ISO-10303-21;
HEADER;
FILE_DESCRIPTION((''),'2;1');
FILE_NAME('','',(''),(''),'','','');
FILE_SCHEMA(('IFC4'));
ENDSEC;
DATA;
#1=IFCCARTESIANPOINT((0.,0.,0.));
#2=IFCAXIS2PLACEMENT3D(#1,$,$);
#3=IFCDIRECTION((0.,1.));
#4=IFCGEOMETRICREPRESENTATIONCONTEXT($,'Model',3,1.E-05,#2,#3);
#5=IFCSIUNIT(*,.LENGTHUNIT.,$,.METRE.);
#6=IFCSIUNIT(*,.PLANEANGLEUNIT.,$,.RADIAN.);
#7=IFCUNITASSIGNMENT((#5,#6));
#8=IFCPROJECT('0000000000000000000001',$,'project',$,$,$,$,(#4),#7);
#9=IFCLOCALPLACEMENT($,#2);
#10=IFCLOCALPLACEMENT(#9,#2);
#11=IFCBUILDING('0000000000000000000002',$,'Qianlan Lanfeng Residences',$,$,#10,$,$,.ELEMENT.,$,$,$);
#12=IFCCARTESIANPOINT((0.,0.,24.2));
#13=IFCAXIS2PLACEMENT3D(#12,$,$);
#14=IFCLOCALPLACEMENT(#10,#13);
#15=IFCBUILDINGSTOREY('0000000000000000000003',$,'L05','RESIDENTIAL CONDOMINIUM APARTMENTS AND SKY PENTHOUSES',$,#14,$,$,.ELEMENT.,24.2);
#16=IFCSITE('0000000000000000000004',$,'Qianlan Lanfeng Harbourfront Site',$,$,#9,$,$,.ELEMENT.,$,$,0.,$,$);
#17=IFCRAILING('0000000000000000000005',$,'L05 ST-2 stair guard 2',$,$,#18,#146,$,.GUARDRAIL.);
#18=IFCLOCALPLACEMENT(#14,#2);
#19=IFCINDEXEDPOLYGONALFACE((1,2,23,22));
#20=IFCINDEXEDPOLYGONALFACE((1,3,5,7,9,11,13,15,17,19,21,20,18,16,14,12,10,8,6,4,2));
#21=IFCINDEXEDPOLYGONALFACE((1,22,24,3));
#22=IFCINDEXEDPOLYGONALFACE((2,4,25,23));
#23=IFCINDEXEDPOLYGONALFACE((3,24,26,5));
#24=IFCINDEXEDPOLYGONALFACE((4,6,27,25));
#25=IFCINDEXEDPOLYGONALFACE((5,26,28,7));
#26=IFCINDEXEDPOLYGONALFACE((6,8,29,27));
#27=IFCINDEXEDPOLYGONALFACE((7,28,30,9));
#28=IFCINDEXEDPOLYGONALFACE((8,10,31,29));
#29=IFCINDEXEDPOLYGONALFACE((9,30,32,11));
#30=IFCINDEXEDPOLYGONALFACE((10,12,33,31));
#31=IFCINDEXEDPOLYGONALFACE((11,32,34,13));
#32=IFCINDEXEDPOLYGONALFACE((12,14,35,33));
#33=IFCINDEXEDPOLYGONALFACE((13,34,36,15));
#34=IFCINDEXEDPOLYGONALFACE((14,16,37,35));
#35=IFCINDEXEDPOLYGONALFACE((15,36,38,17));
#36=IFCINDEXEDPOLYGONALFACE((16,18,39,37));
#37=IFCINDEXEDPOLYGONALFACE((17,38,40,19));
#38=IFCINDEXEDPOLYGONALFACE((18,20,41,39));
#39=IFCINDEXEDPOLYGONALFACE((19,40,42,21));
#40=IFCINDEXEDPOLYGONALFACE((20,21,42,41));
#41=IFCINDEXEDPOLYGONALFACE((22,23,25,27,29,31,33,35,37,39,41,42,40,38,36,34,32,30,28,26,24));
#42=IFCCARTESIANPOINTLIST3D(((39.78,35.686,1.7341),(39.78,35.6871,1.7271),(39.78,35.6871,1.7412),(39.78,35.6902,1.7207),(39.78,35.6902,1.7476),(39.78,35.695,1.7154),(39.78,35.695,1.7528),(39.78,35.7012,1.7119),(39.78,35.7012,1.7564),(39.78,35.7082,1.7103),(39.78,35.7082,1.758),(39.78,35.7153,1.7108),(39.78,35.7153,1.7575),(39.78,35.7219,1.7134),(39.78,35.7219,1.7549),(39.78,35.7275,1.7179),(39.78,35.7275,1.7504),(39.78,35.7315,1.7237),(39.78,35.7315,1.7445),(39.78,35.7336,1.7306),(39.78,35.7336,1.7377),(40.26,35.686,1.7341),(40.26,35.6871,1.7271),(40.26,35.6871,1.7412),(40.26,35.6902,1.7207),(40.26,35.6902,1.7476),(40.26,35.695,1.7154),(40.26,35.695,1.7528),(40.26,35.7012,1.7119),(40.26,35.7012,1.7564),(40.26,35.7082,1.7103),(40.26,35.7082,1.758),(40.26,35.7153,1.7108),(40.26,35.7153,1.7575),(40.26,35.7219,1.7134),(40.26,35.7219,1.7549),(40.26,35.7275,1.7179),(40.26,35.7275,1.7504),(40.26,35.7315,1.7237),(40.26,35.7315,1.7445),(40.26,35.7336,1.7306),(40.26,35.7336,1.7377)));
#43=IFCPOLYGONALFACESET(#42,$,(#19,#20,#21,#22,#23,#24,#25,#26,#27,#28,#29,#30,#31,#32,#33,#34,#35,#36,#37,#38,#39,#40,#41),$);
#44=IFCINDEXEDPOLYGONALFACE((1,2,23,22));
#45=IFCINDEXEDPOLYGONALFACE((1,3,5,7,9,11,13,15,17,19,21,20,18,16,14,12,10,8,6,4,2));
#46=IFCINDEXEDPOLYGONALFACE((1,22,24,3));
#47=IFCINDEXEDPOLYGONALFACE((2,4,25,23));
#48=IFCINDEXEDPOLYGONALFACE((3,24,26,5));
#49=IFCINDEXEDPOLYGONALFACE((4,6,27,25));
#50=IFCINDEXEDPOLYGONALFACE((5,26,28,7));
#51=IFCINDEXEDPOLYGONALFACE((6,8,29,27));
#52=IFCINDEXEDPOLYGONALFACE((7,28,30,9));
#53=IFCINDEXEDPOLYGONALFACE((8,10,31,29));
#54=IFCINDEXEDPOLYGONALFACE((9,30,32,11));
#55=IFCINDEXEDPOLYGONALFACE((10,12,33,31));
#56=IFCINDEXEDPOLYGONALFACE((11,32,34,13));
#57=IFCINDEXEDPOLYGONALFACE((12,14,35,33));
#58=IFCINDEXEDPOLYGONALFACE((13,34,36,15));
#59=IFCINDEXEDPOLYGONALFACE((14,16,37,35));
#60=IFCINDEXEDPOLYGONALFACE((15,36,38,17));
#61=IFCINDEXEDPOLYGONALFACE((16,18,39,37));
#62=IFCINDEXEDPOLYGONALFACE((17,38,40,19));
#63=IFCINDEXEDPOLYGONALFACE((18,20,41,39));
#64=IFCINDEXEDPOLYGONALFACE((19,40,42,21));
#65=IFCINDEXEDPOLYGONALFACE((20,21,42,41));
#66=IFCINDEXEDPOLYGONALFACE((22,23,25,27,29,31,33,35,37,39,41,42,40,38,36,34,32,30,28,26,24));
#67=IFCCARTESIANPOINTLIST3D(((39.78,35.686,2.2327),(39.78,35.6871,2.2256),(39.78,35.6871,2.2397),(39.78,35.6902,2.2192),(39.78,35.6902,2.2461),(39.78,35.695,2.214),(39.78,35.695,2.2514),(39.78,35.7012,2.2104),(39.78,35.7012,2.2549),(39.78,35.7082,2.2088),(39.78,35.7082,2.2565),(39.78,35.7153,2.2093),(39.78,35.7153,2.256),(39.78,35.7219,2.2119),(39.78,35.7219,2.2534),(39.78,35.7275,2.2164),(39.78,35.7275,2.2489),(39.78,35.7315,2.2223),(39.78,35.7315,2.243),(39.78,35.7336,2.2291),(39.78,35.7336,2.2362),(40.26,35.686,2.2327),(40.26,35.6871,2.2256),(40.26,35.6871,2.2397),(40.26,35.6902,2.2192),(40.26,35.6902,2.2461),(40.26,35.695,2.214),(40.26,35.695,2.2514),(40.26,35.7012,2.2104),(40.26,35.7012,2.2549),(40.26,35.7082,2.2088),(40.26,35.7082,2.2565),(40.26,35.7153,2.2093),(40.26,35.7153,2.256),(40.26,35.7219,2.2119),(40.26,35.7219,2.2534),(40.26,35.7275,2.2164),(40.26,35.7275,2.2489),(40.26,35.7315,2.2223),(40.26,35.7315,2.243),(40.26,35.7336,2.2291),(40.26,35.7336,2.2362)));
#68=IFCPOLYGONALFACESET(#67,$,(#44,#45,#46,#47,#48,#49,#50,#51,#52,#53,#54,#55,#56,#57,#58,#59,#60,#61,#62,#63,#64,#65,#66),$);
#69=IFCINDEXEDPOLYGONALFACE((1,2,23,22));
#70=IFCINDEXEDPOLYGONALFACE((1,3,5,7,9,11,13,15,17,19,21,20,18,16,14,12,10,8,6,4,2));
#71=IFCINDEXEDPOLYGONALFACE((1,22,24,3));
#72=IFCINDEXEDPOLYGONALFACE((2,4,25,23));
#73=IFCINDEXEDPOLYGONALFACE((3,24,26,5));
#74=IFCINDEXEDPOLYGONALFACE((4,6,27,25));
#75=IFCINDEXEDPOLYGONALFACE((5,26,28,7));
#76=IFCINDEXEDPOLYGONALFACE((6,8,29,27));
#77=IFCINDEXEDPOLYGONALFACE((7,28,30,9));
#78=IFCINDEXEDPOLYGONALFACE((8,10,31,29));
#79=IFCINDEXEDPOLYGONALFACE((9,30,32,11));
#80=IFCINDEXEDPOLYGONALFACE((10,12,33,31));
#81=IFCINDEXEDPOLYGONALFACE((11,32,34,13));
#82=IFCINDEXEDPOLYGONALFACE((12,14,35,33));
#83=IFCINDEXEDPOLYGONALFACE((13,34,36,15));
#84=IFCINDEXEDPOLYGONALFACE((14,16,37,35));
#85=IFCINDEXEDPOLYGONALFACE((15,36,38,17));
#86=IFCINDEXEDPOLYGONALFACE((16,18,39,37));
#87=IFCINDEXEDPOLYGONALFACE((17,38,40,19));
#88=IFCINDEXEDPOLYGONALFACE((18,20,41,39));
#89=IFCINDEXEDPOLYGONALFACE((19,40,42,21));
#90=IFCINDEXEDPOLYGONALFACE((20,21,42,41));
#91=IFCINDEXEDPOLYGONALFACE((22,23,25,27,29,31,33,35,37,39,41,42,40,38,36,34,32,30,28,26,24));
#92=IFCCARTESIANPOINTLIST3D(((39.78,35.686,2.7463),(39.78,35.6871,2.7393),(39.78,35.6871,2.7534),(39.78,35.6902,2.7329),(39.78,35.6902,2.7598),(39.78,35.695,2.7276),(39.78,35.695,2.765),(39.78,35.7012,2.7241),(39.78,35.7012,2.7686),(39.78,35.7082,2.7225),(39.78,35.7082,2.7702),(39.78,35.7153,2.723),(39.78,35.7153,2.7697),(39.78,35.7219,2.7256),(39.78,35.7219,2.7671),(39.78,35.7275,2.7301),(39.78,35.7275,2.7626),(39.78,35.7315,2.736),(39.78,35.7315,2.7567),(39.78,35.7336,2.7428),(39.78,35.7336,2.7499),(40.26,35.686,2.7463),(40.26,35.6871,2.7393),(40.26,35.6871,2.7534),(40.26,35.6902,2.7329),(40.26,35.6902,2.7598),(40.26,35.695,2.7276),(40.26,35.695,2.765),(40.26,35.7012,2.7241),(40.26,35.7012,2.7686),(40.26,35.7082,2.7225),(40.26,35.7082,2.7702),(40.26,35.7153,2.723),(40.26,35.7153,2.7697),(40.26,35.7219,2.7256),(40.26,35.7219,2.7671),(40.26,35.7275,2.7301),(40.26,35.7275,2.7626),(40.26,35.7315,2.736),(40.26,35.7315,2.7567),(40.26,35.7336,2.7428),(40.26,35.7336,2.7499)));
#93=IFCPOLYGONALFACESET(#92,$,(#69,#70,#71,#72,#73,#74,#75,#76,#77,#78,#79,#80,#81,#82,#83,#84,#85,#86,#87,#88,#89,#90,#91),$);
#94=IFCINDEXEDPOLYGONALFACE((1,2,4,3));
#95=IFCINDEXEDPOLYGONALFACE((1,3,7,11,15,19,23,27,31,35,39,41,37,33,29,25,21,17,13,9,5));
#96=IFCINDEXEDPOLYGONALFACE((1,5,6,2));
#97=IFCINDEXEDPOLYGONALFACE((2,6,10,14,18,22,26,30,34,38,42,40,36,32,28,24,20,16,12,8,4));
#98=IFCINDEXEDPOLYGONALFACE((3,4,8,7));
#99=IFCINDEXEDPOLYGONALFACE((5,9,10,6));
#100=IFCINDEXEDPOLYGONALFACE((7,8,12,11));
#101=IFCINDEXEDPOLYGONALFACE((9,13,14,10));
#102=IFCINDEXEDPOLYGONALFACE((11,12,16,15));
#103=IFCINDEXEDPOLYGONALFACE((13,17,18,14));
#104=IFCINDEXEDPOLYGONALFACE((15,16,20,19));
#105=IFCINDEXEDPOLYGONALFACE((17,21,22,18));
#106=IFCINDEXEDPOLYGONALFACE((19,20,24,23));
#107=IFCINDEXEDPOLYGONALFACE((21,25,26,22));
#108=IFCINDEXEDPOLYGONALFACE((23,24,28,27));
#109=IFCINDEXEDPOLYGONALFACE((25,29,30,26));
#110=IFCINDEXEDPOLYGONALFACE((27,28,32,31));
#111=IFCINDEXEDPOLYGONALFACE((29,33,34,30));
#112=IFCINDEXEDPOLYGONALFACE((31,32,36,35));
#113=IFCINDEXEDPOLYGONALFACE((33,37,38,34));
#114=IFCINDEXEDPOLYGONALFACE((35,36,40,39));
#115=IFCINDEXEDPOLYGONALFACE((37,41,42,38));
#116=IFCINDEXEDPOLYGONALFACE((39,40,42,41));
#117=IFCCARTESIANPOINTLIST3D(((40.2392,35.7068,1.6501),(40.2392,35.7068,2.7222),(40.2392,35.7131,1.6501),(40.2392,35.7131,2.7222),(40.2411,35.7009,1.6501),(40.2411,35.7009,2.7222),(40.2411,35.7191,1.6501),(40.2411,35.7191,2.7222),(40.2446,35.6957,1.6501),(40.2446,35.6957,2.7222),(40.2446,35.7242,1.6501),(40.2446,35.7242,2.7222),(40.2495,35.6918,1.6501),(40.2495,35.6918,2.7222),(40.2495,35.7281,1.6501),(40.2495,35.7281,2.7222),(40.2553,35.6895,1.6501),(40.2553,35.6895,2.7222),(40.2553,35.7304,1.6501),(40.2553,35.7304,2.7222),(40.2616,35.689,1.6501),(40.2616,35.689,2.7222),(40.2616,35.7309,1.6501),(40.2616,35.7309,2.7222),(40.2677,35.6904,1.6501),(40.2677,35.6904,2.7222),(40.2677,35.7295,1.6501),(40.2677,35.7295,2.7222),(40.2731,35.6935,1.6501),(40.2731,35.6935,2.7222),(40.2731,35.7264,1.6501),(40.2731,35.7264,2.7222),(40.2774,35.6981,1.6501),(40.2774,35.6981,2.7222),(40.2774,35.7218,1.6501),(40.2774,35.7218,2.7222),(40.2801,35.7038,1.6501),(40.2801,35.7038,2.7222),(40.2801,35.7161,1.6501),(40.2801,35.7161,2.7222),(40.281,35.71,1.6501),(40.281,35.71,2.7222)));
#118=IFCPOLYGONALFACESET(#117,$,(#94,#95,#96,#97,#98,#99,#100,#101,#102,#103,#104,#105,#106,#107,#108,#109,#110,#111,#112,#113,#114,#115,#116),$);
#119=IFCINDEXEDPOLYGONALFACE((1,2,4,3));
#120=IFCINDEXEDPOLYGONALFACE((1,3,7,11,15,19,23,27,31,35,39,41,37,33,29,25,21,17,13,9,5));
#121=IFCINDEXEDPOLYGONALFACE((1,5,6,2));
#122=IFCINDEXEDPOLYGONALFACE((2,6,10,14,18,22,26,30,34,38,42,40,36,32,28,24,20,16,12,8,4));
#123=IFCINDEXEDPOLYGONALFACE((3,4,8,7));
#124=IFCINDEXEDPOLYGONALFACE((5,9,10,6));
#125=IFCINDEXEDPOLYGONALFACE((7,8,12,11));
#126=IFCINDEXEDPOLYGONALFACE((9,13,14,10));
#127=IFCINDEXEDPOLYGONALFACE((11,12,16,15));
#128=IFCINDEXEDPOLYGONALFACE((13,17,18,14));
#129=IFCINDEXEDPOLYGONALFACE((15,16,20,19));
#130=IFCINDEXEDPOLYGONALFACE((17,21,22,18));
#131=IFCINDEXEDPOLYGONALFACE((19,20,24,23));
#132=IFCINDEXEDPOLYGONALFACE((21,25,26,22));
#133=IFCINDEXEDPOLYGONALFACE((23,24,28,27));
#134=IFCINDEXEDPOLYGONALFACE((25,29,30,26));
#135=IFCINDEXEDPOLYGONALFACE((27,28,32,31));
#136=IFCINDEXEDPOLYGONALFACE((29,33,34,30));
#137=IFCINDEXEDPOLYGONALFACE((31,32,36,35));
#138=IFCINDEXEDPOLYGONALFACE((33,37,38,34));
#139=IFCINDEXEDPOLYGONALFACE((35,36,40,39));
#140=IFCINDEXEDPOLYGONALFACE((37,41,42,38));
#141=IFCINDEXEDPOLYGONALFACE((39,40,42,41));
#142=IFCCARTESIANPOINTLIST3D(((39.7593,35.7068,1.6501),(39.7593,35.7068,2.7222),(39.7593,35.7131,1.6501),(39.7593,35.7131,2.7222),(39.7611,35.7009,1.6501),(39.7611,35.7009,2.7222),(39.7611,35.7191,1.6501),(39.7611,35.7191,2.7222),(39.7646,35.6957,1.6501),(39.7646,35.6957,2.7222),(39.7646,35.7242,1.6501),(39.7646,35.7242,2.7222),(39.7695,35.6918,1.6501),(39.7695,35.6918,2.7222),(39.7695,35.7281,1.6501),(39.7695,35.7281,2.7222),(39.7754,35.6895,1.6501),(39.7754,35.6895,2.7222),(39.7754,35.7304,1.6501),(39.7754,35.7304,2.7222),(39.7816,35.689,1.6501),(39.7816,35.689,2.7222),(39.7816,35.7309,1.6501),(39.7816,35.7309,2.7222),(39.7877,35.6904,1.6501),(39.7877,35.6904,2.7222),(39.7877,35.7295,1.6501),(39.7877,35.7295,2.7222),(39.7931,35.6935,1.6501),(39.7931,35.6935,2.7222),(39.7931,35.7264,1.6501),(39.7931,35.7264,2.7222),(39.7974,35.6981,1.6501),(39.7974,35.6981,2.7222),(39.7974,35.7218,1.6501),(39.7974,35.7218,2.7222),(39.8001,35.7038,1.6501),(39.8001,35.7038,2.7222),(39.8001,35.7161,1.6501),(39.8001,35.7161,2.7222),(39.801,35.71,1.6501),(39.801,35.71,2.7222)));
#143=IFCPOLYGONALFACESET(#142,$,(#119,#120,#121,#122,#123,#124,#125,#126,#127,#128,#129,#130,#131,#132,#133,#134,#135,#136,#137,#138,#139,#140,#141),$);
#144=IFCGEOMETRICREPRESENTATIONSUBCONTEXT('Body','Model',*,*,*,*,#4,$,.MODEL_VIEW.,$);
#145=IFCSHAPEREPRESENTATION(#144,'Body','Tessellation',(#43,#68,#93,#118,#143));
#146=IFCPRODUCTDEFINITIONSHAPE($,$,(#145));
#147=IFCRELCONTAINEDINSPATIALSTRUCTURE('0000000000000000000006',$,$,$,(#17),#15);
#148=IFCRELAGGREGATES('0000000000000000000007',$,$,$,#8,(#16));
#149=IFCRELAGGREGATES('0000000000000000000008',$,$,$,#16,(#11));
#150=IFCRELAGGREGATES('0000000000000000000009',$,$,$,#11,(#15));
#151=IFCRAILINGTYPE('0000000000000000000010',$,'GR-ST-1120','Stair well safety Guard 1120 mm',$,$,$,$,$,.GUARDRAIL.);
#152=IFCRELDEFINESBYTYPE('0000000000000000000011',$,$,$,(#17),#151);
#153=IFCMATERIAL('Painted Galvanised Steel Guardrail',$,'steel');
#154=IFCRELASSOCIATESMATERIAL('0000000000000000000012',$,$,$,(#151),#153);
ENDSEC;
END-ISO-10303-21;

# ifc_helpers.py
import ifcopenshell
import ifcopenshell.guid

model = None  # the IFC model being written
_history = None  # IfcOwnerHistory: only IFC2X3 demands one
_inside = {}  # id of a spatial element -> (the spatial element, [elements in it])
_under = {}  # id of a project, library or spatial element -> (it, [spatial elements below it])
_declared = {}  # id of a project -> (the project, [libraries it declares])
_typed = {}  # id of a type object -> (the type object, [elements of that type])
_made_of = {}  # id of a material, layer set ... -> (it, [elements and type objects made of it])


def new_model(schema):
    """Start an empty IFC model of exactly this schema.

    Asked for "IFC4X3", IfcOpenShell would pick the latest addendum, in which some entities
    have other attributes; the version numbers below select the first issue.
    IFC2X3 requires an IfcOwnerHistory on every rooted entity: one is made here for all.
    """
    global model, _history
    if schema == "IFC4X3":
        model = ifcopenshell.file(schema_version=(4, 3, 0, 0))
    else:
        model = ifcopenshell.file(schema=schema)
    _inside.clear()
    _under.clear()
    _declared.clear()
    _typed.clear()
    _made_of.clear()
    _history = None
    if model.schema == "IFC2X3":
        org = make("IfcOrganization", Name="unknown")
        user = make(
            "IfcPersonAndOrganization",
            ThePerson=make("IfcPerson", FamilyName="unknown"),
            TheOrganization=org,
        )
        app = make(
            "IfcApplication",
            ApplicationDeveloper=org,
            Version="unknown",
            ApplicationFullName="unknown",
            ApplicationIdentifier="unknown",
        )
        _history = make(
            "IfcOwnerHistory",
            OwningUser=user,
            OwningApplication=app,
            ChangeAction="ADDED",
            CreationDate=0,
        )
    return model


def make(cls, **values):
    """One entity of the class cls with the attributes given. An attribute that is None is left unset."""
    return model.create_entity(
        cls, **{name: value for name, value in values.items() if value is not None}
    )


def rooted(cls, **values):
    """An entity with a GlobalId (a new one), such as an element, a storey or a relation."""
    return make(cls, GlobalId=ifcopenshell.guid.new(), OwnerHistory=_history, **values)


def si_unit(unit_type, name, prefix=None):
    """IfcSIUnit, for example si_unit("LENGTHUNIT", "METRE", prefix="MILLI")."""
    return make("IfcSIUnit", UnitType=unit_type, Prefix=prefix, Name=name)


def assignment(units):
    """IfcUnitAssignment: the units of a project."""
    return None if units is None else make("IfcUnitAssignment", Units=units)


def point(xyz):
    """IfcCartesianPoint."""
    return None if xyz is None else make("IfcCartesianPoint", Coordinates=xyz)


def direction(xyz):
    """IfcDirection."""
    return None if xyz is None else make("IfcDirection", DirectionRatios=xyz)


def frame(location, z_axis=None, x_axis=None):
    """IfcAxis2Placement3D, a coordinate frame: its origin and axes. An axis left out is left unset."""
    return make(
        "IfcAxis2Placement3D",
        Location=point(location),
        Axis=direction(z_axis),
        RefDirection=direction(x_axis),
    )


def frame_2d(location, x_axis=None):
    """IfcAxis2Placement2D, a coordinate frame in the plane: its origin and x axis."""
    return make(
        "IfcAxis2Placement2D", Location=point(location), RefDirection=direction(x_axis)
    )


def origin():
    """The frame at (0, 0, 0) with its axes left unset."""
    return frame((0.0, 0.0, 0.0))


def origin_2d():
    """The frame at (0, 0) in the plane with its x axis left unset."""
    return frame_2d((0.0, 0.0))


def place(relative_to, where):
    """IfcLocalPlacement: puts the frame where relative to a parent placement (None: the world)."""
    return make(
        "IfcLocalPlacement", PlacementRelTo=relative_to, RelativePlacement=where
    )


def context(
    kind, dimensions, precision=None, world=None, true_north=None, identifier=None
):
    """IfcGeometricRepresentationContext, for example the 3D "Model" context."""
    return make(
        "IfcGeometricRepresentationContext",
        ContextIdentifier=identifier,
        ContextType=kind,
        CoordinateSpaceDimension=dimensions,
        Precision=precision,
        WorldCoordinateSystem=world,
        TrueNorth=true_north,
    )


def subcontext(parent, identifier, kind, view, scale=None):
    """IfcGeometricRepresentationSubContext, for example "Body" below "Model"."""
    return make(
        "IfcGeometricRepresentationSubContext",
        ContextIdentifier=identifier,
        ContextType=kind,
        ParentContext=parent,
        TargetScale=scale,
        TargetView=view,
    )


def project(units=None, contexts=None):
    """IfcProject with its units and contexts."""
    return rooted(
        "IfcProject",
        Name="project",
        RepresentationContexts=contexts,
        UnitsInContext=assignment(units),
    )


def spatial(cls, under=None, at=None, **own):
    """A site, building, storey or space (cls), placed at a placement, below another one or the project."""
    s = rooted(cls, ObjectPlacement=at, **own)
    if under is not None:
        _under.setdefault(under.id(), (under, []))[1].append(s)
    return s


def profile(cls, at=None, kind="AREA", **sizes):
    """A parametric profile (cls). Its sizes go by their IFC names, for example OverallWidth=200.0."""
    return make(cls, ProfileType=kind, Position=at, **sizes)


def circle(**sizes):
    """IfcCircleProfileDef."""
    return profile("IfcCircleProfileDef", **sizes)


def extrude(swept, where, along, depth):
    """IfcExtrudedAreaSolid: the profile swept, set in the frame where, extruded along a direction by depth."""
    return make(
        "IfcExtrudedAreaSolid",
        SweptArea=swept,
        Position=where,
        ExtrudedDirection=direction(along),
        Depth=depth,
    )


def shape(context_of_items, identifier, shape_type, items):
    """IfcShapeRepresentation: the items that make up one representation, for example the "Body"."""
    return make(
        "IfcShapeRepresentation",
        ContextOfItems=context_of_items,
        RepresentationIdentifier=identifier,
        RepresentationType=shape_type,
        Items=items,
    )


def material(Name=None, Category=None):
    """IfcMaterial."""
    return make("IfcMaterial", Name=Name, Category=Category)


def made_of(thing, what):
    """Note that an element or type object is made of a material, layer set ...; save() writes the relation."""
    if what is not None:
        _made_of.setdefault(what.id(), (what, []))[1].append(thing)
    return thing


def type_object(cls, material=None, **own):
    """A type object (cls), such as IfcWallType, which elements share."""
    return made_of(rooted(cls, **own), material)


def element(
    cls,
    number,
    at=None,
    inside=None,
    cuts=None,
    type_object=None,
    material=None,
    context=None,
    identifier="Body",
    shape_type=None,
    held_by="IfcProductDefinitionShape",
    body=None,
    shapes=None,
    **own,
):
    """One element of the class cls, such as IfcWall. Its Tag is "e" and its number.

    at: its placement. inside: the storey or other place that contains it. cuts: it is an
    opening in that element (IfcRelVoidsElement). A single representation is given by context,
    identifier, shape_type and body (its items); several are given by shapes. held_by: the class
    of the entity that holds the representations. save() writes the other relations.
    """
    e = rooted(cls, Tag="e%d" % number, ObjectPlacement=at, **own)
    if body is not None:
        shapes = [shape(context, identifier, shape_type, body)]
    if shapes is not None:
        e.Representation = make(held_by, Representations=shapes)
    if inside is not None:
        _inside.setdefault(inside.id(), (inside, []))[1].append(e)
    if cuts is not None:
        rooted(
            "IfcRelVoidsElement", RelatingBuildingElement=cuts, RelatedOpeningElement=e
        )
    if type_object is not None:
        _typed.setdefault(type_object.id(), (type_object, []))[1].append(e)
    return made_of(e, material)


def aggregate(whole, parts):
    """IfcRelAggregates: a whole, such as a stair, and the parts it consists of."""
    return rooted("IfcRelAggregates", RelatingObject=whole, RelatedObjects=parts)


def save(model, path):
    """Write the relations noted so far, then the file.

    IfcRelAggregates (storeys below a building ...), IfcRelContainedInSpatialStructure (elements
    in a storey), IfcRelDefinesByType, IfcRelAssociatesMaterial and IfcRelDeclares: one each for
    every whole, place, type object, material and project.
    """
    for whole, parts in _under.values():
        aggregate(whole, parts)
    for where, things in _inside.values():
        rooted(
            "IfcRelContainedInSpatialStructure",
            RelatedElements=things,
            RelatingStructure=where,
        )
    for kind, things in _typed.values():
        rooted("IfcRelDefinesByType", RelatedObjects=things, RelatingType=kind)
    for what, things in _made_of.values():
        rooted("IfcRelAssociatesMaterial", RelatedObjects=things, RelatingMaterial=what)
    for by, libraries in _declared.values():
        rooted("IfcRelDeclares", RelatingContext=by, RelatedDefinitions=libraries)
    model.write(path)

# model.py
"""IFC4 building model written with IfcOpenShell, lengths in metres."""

from ifc_helpers import new_model, si_unit, direction, frame, origin, origin_2d, place, context, subcontext, project, spatial, circle, extrude, material, type_object, element, save


model = new_model("IFC4")

# Units and contexts
model_context = context("Model", 3, precision=1e-05, world=origin(), true_north=direction((0.0, 1.0)))
body_context = subcontext(model_context, "Body", "Model", "MODEL_VIEW")
ifc_project = project(units=[si_unit("LENGTHUNIT", "METRE"), si_unit("PLANEANGLEUNIT", "RADIAN")], contexts=[model_context])

# Site, building, storey
site_placement = place(None, origin())
site = spatial("IfcSite", under=ifc_project, at=site_placement, Name="Qianlan Lanfeng Harbourfront Site", CompositionType="ELEMENT", RefElevation=0.0)
building_placement = place(site_placement, origin())
building = spatial("IfcBuilding", under=site, at=building_placement, Name="Qianlan Lanfeng Residences", CompositionType="ELEMENT")
storey_placement = place(building_placement, frame((0.0, 0.0, 24.2)))
storey = spatial("IfcBuildingStorey", under=building, at=storey_placement, Name="L05", Description="RESIDENTIAL CONDOMINIUM APARTMENTS AND SKY PENTHOUSES", CompositionType="ELEMENT", Elevation=24.2)

# Railing
ifc_material_1 = material(Name="Painted Galvanised Steel Guardrail", Category="steel")
railing_type_1 = type_object("IfcRailingType", Name="GR-ST-1120", Description="Stair well safety Guard 1120 mm", PredefinedType="GUARDRAIL", material=ifc_material_1)
railing_1_placement = place(storey_placement, frame((40.26, 35.71, 1.6501)))
element("IfcRailing", 1, at=railing_1_placement, inside=storey, type_object=railing_type_1, Name="L05 ST-2 stair guard 2", PredefinedType="GUARDRAIL", context=body_context, shape_type="SweptSolid", body=[
    extrude(circle(Radius=0.0239, at=origin_2d()), frame((0.0, 0.0, 0.084), z_axis=(-1.0, 0.0, 0.0), x_axis=(0.0, -1.0, 0.0)), (0.0, 0.0, 1.0), 0.48),
    extrude(circle(Radius=0.0239, at=origin_2d()), frame((0.0, 0.0, 0.5825), z_axis=(-1.0, 0.0, 0.0), x_axis=(0.0, -1.0, 0.0)), (0.0, 0.0, 1.0), 0.48),
    extrude(circle(Radius=0.0239, at=origin_2d()), frame((0.0, 0.0, 1.0962), z_axis=(-1.0, 0.0, 0.0), x_axis=(0.0, -1.0, 0.0)), (0.0, 0.0, 1.0), 0.48),
    extrude(circle(Radius=0.021, at=origin_2d()), origin(), (0.0, 0.0, 1.0), 1.072),
    extrude(circle(Radius=0.021, at=origin_2d()), frame((-0.48, 0.0, 0.0)), (0.0, 0.0, 1.0), 1.072),
])

save(model, "model.ifc")
